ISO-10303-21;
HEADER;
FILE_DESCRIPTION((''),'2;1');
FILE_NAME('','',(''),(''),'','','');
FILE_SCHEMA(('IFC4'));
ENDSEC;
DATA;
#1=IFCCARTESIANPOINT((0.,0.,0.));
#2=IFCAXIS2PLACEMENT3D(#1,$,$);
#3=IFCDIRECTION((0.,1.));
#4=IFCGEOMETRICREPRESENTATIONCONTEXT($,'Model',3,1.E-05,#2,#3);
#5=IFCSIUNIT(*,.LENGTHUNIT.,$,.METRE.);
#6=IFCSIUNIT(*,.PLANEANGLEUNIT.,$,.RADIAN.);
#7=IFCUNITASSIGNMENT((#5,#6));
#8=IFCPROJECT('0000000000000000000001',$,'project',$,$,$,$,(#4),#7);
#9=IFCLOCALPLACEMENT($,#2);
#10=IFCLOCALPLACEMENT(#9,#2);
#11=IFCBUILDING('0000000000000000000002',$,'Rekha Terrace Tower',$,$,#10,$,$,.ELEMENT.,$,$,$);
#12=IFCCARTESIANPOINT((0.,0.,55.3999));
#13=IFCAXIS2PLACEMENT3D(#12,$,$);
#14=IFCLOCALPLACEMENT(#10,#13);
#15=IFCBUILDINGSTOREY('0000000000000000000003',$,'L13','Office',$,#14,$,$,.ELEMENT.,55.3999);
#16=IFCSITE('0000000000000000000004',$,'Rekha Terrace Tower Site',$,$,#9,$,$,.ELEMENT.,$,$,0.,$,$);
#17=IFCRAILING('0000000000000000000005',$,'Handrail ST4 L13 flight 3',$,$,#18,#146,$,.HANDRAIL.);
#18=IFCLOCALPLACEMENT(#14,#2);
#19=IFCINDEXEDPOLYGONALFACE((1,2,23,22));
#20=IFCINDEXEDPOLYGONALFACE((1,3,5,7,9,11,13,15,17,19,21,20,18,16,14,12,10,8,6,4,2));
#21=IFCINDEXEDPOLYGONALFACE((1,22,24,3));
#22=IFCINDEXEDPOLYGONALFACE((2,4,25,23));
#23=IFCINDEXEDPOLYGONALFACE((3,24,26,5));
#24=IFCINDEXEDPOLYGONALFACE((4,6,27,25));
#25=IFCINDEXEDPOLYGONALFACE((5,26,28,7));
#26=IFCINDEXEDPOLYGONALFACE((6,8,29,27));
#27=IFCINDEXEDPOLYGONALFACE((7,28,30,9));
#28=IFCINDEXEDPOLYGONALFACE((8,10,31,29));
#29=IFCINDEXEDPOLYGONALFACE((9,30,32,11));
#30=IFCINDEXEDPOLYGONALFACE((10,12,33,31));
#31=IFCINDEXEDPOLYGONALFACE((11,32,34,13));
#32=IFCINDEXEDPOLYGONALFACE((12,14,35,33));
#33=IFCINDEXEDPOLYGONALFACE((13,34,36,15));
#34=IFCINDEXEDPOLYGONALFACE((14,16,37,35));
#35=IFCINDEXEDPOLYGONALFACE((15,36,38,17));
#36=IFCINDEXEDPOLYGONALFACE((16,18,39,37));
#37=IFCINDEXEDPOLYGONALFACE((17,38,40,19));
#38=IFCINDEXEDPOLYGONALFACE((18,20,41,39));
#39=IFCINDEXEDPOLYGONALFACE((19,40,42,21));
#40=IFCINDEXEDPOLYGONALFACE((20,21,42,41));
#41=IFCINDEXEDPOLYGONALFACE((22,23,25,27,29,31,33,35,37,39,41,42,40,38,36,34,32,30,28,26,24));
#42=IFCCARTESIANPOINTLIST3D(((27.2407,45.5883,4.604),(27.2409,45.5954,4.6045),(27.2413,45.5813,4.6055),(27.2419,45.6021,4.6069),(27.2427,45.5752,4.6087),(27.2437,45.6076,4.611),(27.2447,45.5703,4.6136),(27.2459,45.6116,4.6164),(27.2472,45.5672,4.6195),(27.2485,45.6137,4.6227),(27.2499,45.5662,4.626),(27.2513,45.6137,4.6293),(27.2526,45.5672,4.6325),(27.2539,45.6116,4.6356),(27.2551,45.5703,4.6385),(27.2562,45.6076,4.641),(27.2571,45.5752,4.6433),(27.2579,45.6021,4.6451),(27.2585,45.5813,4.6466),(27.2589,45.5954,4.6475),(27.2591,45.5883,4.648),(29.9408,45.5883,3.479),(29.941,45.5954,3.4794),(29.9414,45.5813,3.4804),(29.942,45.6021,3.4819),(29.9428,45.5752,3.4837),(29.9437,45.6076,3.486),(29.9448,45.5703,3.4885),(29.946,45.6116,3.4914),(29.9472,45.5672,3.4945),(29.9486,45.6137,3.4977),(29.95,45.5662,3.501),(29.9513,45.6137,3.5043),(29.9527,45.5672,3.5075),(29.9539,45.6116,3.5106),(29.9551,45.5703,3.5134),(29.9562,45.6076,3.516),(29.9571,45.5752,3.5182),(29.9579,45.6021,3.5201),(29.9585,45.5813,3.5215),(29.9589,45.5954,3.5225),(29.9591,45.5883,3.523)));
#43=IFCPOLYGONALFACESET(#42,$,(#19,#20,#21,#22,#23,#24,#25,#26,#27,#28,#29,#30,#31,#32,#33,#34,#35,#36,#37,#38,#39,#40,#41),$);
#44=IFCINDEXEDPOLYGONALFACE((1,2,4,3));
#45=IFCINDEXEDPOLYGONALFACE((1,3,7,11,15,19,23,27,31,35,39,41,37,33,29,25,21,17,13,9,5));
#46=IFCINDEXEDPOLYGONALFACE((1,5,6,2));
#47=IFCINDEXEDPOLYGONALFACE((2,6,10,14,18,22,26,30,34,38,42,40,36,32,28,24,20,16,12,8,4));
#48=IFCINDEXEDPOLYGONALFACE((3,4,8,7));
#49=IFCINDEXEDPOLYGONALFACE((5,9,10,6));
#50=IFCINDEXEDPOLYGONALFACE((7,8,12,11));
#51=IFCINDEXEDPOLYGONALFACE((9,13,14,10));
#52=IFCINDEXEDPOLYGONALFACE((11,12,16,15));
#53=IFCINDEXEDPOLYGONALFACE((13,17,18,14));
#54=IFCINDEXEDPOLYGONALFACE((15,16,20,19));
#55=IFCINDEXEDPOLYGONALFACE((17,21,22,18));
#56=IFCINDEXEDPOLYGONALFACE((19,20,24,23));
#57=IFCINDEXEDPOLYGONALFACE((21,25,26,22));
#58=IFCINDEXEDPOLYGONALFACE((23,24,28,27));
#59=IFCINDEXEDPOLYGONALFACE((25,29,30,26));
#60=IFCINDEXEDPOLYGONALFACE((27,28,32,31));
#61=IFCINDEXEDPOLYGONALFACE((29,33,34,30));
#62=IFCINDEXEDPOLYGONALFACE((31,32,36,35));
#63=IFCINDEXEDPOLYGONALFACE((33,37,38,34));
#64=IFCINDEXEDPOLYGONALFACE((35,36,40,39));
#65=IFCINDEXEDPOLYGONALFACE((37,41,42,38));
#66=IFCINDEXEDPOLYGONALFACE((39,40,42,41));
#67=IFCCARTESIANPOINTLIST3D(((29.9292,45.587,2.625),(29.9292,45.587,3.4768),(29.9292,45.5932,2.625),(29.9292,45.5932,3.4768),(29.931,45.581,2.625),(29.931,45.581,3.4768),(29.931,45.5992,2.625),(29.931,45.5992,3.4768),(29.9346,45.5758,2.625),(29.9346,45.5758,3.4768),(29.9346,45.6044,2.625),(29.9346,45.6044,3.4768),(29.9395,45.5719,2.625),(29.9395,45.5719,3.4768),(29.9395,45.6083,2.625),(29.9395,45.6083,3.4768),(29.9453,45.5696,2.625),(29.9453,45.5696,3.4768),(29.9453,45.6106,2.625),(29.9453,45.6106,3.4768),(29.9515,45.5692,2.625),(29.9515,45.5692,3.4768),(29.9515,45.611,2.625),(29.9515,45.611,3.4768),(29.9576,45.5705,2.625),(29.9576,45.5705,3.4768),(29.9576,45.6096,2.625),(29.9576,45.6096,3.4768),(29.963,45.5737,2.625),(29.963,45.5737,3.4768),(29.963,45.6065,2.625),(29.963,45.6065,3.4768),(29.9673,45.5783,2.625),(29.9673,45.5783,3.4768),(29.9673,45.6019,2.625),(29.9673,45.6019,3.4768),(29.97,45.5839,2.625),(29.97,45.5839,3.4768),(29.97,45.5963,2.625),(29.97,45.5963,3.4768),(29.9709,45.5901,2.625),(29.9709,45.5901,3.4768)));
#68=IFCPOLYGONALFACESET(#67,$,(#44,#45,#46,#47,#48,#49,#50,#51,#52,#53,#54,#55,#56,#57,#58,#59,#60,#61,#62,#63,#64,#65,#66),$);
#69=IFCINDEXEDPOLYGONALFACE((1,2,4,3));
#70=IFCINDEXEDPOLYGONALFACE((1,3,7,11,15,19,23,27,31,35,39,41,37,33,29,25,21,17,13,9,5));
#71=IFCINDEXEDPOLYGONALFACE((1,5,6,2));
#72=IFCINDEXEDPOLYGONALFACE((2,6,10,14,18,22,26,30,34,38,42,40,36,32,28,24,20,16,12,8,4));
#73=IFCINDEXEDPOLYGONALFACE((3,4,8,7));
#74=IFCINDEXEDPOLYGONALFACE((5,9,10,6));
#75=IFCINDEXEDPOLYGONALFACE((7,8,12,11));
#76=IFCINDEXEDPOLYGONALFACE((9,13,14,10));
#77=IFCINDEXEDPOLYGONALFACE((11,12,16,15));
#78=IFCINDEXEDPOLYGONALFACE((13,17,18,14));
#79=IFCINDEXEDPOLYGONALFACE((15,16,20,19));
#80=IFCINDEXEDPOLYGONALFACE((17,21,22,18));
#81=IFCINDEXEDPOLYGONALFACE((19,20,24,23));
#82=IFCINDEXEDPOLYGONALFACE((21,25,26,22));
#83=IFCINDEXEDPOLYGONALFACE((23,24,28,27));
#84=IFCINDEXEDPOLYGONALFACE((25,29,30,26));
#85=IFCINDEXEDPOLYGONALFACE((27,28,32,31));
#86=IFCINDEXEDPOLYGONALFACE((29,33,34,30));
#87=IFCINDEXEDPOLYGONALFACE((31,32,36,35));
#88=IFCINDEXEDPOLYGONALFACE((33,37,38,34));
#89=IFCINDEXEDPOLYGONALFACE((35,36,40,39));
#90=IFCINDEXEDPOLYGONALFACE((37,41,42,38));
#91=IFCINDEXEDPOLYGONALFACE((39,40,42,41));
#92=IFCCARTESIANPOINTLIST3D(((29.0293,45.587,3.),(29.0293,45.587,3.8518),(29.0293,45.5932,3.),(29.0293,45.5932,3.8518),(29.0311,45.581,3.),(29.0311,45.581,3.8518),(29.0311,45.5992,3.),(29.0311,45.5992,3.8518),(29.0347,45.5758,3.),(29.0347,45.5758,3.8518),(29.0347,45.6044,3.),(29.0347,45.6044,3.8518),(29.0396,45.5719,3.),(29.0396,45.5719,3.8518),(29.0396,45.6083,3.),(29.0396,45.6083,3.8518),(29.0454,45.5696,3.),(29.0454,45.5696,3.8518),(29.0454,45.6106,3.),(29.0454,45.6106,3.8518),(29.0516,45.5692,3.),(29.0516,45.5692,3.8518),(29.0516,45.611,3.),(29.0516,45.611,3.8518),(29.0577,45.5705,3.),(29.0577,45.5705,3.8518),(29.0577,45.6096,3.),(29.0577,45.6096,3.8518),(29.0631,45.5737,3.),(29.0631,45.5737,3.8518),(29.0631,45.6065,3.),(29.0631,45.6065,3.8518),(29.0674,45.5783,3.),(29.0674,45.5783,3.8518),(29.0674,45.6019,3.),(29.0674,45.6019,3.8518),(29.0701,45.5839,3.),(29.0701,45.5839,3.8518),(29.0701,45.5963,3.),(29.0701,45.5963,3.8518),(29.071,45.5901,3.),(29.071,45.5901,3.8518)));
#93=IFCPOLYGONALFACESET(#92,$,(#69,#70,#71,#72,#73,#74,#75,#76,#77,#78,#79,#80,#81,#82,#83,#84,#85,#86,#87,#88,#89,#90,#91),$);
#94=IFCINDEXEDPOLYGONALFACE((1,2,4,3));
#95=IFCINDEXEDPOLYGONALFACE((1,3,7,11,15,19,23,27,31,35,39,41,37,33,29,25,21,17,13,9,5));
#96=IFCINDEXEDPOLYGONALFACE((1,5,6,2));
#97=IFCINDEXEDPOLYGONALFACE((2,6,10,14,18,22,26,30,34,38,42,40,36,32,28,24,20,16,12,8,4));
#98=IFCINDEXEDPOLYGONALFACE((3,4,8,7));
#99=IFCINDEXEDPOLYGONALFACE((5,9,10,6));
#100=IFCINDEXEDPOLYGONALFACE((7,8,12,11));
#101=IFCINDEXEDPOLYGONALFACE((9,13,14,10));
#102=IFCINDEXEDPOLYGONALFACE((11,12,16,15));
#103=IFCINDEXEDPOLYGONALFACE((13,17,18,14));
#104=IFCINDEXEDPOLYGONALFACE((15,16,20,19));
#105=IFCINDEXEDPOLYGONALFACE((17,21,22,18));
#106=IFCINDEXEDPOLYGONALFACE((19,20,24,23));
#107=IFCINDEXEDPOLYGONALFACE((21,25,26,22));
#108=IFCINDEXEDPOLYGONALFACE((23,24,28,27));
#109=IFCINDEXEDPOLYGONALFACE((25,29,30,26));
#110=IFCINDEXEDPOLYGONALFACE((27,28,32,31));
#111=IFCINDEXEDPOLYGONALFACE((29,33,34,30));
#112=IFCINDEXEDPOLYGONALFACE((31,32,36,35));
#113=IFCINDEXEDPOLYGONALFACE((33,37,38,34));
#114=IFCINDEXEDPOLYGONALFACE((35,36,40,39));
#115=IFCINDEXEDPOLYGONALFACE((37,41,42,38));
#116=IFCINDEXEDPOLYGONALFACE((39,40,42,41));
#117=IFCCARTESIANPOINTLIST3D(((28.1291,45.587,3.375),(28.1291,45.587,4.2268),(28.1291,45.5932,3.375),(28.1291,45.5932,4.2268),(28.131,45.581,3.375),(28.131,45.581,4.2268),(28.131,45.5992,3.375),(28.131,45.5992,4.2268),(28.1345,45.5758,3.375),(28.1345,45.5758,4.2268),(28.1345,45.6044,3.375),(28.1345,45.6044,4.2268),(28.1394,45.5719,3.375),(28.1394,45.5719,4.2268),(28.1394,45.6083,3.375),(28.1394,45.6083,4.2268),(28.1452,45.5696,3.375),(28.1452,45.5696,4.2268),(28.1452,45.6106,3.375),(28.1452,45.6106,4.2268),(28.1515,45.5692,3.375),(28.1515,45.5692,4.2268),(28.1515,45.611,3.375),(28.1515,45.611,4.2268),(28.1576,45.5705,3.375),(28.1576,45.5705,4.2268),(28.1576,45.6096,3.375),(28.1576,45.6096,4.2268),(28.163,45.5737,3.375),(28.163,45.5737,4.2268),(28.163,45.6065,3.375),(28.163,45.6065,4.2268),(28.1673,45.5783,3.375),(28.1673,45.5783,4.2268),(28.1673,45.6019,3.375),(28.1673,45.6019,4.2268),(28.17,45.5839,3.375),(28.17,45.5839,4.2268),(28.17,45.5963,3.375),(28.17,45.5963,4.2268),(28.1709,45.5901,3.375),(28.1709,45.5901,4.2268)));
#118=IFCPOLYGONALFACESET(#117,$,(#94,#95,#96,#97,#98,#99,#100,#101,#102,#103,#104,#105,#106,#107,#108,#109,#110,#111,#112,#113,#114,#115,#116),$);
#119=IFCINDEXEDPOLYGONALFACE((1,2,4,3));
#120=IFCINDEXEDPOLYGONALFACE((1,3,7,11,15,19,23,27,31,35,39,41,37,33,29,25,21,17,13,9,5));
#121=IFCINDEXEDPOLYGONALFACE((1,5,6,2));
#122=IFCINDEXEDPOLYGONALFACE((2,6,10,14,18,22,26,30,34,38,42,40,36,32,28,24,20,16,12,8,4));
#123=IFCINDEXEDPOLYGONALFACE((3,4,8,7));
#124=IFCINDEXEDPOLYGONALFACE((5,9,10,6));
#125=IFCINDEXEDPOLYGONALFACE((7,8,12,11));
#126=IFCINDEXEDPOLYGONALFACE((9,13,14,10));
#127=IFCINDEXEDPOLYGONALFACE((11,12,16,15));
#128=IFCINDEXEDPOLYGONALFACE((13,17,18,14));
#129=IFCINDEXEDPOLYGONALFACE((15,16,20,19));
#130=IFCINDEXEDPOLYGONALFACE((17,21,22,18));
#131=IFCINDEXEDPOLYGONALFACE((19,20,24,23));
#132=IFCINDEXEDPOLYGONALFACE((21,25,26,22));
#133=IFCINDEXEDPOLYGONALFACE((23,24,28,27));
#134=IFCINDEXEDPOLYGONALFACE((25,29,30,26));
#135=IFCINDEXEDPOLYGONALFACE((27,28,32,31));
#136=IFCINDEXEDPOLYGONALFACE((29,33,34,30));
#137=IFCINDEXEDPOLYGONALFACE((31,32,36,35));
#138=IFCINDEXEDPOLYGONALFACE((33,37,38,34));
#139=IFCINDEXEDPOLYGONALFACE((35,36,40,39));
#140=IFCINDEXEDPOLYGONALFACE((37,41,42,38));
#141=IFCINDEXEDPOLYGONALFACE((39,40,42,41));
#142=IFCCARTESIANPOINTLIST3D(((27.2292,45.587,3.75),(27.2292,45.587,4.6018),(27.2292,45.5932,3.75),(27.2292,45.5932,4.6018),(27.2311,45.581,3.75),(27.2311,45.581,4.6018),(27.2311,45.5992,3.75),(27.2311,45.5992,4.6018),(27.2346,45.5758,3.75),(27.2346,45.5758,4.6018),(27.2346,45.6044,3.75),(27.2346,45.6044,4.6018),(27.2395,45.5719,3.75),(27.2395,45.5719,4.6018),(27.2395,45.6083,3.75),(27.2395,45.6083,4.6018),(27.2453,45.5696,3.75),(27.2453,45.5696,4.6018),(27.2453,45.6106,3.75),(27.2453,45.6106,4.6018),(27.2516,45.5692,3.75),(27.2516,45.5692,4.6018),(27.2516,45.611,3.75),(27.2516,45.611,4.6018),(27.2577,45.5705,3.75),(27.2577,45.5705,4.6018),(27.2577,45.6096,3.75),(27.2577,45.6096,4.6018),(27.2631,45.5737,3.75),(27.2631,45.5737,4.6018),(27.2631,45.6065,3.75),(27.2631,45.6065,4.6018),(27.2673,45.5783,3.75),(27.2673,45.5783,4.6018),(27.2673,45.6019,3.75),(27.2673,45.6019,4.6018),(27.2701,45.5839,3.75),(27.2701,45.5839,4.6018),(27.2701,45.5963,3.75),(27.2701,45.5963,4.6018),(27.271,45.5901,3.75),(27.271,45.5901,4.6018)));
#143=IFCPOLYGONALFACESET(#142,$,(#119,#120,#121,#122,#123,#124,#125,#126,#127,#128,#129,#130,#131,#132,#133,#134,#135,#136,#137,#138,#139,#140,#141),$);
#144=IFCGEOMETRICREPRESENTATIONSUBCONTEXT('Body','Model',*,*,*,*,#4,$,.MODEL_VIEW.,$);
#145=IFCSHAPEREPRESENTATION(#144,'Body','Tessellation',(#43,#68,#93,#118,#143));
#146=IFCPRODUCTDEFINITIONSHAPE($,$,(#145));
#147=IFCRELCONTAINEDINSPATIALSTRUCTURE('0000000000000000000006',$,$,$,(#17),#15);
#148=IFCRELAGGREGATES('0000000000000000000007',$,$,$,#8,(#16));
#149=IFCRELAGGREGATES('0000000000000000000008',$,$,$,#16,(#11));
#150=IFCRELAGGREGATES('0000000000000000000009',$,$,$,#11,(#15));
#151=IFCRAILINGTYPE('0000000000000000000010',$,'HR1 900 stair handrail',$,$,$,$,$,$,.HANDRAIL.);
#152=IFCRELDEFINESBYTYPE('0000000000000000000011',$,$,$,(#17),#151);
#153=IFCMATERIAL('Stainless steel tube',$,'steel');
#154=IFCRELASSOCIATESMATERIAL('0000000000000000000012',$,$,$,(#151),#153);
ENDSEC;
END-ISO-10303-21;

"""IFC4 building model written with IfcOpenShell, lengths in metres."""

from ifc_helpers import new_model, si_unit, direction, frame, origin, origin_2d, place, context, subcontext, project, spatial, circle, extrude, material, type_object, element, save


model = new_model("IFC4")

# Units and contexts
model_context = context("Model", 3, precision=1e-05, world=origin(), true_north=direction((0.0, 1.0)))
body_context = subcontext(model_context, "Body", "Model", "MODEL_VIEW")
ifc_project = project(units=[si_unit("LENGTHUNIT", "METRE"), si_unit("PLANEANGLEUNIT", "RADIAN")], contexts=[model_context])

# Site, building, storey
site_placement = place(None, origin())
site = spatial("IfcSite", under=ifc_project, at=site_placement, Name="Rekha Terrace Tower Site", CompositionType="ELEMENT", RefElevation=0.0)
building_placement = place(site_placement, origin())
building = spatial("IfcBuilding", under=site, at=building_placement, Name="Rekha Terrace Tower", CompositionType="ELEMENT")
storey_placement = place(building_placement, frame((0.0, 0.0, 55.3999)))
storey = spatial("IfcBuildingStorey", under=building, at=storey_placement, Name="L13", Description="Office", CompositionType="ELEMENT", Elevation=55.3999)

# Railing
ifc_material_1 = material(Name="Stainless steel tube", Category="steel")
railing_type_1 = type_object("IfcRailingType", Name="HR1 900 stair handrail", PredefinedType="HANDRAIL", material=ifc_material_1)
railing_1_placement = place(storey_placement, frame((29.95, 45.5901, 2.625)))
element("IfcRailing", 1, at=railing_1_placement, inside=storey, type_object=railing_type_1, Name="Handrail ST4 L13 flight 3", PredefinedType="HANDRAIL", context=body_context, shape_type="SweptSolid", body=[
    extrude(circle(Radius=0.0239, at=origin_2d()), frame((0.0, 0.0, 0.876), z_axis=(-0.923074, 0.0, 0.384621), x_axis=(0.0, -1.0, 0.0)), (0.0, 0.0, 1.0), 2.925),
    extrude(circle(Radius=0.021, at=origin_2d()), origin(), (0.0, 0.0, 1.0), 0.8518),
    extrude(circle(Radius=0.021, at=origin_2d()), frame((-0.8999, 0.0, 0.375)), (0.0, 0.0, 1.0), 0.8518),
    extrude(circle(Radius=0.021, at=origin_2d()), frame((-1.8, 0.0, 0.75)), (0.0, 0.0, 1.0), 0.8518),
    extrude(circle(Radius=0.021, at=origin_2d()), frame((-2.7, 0.0, 1.125)), (0.0, 0.0, 1.0), 0.8518),
])

save(model, "model.ifc")
